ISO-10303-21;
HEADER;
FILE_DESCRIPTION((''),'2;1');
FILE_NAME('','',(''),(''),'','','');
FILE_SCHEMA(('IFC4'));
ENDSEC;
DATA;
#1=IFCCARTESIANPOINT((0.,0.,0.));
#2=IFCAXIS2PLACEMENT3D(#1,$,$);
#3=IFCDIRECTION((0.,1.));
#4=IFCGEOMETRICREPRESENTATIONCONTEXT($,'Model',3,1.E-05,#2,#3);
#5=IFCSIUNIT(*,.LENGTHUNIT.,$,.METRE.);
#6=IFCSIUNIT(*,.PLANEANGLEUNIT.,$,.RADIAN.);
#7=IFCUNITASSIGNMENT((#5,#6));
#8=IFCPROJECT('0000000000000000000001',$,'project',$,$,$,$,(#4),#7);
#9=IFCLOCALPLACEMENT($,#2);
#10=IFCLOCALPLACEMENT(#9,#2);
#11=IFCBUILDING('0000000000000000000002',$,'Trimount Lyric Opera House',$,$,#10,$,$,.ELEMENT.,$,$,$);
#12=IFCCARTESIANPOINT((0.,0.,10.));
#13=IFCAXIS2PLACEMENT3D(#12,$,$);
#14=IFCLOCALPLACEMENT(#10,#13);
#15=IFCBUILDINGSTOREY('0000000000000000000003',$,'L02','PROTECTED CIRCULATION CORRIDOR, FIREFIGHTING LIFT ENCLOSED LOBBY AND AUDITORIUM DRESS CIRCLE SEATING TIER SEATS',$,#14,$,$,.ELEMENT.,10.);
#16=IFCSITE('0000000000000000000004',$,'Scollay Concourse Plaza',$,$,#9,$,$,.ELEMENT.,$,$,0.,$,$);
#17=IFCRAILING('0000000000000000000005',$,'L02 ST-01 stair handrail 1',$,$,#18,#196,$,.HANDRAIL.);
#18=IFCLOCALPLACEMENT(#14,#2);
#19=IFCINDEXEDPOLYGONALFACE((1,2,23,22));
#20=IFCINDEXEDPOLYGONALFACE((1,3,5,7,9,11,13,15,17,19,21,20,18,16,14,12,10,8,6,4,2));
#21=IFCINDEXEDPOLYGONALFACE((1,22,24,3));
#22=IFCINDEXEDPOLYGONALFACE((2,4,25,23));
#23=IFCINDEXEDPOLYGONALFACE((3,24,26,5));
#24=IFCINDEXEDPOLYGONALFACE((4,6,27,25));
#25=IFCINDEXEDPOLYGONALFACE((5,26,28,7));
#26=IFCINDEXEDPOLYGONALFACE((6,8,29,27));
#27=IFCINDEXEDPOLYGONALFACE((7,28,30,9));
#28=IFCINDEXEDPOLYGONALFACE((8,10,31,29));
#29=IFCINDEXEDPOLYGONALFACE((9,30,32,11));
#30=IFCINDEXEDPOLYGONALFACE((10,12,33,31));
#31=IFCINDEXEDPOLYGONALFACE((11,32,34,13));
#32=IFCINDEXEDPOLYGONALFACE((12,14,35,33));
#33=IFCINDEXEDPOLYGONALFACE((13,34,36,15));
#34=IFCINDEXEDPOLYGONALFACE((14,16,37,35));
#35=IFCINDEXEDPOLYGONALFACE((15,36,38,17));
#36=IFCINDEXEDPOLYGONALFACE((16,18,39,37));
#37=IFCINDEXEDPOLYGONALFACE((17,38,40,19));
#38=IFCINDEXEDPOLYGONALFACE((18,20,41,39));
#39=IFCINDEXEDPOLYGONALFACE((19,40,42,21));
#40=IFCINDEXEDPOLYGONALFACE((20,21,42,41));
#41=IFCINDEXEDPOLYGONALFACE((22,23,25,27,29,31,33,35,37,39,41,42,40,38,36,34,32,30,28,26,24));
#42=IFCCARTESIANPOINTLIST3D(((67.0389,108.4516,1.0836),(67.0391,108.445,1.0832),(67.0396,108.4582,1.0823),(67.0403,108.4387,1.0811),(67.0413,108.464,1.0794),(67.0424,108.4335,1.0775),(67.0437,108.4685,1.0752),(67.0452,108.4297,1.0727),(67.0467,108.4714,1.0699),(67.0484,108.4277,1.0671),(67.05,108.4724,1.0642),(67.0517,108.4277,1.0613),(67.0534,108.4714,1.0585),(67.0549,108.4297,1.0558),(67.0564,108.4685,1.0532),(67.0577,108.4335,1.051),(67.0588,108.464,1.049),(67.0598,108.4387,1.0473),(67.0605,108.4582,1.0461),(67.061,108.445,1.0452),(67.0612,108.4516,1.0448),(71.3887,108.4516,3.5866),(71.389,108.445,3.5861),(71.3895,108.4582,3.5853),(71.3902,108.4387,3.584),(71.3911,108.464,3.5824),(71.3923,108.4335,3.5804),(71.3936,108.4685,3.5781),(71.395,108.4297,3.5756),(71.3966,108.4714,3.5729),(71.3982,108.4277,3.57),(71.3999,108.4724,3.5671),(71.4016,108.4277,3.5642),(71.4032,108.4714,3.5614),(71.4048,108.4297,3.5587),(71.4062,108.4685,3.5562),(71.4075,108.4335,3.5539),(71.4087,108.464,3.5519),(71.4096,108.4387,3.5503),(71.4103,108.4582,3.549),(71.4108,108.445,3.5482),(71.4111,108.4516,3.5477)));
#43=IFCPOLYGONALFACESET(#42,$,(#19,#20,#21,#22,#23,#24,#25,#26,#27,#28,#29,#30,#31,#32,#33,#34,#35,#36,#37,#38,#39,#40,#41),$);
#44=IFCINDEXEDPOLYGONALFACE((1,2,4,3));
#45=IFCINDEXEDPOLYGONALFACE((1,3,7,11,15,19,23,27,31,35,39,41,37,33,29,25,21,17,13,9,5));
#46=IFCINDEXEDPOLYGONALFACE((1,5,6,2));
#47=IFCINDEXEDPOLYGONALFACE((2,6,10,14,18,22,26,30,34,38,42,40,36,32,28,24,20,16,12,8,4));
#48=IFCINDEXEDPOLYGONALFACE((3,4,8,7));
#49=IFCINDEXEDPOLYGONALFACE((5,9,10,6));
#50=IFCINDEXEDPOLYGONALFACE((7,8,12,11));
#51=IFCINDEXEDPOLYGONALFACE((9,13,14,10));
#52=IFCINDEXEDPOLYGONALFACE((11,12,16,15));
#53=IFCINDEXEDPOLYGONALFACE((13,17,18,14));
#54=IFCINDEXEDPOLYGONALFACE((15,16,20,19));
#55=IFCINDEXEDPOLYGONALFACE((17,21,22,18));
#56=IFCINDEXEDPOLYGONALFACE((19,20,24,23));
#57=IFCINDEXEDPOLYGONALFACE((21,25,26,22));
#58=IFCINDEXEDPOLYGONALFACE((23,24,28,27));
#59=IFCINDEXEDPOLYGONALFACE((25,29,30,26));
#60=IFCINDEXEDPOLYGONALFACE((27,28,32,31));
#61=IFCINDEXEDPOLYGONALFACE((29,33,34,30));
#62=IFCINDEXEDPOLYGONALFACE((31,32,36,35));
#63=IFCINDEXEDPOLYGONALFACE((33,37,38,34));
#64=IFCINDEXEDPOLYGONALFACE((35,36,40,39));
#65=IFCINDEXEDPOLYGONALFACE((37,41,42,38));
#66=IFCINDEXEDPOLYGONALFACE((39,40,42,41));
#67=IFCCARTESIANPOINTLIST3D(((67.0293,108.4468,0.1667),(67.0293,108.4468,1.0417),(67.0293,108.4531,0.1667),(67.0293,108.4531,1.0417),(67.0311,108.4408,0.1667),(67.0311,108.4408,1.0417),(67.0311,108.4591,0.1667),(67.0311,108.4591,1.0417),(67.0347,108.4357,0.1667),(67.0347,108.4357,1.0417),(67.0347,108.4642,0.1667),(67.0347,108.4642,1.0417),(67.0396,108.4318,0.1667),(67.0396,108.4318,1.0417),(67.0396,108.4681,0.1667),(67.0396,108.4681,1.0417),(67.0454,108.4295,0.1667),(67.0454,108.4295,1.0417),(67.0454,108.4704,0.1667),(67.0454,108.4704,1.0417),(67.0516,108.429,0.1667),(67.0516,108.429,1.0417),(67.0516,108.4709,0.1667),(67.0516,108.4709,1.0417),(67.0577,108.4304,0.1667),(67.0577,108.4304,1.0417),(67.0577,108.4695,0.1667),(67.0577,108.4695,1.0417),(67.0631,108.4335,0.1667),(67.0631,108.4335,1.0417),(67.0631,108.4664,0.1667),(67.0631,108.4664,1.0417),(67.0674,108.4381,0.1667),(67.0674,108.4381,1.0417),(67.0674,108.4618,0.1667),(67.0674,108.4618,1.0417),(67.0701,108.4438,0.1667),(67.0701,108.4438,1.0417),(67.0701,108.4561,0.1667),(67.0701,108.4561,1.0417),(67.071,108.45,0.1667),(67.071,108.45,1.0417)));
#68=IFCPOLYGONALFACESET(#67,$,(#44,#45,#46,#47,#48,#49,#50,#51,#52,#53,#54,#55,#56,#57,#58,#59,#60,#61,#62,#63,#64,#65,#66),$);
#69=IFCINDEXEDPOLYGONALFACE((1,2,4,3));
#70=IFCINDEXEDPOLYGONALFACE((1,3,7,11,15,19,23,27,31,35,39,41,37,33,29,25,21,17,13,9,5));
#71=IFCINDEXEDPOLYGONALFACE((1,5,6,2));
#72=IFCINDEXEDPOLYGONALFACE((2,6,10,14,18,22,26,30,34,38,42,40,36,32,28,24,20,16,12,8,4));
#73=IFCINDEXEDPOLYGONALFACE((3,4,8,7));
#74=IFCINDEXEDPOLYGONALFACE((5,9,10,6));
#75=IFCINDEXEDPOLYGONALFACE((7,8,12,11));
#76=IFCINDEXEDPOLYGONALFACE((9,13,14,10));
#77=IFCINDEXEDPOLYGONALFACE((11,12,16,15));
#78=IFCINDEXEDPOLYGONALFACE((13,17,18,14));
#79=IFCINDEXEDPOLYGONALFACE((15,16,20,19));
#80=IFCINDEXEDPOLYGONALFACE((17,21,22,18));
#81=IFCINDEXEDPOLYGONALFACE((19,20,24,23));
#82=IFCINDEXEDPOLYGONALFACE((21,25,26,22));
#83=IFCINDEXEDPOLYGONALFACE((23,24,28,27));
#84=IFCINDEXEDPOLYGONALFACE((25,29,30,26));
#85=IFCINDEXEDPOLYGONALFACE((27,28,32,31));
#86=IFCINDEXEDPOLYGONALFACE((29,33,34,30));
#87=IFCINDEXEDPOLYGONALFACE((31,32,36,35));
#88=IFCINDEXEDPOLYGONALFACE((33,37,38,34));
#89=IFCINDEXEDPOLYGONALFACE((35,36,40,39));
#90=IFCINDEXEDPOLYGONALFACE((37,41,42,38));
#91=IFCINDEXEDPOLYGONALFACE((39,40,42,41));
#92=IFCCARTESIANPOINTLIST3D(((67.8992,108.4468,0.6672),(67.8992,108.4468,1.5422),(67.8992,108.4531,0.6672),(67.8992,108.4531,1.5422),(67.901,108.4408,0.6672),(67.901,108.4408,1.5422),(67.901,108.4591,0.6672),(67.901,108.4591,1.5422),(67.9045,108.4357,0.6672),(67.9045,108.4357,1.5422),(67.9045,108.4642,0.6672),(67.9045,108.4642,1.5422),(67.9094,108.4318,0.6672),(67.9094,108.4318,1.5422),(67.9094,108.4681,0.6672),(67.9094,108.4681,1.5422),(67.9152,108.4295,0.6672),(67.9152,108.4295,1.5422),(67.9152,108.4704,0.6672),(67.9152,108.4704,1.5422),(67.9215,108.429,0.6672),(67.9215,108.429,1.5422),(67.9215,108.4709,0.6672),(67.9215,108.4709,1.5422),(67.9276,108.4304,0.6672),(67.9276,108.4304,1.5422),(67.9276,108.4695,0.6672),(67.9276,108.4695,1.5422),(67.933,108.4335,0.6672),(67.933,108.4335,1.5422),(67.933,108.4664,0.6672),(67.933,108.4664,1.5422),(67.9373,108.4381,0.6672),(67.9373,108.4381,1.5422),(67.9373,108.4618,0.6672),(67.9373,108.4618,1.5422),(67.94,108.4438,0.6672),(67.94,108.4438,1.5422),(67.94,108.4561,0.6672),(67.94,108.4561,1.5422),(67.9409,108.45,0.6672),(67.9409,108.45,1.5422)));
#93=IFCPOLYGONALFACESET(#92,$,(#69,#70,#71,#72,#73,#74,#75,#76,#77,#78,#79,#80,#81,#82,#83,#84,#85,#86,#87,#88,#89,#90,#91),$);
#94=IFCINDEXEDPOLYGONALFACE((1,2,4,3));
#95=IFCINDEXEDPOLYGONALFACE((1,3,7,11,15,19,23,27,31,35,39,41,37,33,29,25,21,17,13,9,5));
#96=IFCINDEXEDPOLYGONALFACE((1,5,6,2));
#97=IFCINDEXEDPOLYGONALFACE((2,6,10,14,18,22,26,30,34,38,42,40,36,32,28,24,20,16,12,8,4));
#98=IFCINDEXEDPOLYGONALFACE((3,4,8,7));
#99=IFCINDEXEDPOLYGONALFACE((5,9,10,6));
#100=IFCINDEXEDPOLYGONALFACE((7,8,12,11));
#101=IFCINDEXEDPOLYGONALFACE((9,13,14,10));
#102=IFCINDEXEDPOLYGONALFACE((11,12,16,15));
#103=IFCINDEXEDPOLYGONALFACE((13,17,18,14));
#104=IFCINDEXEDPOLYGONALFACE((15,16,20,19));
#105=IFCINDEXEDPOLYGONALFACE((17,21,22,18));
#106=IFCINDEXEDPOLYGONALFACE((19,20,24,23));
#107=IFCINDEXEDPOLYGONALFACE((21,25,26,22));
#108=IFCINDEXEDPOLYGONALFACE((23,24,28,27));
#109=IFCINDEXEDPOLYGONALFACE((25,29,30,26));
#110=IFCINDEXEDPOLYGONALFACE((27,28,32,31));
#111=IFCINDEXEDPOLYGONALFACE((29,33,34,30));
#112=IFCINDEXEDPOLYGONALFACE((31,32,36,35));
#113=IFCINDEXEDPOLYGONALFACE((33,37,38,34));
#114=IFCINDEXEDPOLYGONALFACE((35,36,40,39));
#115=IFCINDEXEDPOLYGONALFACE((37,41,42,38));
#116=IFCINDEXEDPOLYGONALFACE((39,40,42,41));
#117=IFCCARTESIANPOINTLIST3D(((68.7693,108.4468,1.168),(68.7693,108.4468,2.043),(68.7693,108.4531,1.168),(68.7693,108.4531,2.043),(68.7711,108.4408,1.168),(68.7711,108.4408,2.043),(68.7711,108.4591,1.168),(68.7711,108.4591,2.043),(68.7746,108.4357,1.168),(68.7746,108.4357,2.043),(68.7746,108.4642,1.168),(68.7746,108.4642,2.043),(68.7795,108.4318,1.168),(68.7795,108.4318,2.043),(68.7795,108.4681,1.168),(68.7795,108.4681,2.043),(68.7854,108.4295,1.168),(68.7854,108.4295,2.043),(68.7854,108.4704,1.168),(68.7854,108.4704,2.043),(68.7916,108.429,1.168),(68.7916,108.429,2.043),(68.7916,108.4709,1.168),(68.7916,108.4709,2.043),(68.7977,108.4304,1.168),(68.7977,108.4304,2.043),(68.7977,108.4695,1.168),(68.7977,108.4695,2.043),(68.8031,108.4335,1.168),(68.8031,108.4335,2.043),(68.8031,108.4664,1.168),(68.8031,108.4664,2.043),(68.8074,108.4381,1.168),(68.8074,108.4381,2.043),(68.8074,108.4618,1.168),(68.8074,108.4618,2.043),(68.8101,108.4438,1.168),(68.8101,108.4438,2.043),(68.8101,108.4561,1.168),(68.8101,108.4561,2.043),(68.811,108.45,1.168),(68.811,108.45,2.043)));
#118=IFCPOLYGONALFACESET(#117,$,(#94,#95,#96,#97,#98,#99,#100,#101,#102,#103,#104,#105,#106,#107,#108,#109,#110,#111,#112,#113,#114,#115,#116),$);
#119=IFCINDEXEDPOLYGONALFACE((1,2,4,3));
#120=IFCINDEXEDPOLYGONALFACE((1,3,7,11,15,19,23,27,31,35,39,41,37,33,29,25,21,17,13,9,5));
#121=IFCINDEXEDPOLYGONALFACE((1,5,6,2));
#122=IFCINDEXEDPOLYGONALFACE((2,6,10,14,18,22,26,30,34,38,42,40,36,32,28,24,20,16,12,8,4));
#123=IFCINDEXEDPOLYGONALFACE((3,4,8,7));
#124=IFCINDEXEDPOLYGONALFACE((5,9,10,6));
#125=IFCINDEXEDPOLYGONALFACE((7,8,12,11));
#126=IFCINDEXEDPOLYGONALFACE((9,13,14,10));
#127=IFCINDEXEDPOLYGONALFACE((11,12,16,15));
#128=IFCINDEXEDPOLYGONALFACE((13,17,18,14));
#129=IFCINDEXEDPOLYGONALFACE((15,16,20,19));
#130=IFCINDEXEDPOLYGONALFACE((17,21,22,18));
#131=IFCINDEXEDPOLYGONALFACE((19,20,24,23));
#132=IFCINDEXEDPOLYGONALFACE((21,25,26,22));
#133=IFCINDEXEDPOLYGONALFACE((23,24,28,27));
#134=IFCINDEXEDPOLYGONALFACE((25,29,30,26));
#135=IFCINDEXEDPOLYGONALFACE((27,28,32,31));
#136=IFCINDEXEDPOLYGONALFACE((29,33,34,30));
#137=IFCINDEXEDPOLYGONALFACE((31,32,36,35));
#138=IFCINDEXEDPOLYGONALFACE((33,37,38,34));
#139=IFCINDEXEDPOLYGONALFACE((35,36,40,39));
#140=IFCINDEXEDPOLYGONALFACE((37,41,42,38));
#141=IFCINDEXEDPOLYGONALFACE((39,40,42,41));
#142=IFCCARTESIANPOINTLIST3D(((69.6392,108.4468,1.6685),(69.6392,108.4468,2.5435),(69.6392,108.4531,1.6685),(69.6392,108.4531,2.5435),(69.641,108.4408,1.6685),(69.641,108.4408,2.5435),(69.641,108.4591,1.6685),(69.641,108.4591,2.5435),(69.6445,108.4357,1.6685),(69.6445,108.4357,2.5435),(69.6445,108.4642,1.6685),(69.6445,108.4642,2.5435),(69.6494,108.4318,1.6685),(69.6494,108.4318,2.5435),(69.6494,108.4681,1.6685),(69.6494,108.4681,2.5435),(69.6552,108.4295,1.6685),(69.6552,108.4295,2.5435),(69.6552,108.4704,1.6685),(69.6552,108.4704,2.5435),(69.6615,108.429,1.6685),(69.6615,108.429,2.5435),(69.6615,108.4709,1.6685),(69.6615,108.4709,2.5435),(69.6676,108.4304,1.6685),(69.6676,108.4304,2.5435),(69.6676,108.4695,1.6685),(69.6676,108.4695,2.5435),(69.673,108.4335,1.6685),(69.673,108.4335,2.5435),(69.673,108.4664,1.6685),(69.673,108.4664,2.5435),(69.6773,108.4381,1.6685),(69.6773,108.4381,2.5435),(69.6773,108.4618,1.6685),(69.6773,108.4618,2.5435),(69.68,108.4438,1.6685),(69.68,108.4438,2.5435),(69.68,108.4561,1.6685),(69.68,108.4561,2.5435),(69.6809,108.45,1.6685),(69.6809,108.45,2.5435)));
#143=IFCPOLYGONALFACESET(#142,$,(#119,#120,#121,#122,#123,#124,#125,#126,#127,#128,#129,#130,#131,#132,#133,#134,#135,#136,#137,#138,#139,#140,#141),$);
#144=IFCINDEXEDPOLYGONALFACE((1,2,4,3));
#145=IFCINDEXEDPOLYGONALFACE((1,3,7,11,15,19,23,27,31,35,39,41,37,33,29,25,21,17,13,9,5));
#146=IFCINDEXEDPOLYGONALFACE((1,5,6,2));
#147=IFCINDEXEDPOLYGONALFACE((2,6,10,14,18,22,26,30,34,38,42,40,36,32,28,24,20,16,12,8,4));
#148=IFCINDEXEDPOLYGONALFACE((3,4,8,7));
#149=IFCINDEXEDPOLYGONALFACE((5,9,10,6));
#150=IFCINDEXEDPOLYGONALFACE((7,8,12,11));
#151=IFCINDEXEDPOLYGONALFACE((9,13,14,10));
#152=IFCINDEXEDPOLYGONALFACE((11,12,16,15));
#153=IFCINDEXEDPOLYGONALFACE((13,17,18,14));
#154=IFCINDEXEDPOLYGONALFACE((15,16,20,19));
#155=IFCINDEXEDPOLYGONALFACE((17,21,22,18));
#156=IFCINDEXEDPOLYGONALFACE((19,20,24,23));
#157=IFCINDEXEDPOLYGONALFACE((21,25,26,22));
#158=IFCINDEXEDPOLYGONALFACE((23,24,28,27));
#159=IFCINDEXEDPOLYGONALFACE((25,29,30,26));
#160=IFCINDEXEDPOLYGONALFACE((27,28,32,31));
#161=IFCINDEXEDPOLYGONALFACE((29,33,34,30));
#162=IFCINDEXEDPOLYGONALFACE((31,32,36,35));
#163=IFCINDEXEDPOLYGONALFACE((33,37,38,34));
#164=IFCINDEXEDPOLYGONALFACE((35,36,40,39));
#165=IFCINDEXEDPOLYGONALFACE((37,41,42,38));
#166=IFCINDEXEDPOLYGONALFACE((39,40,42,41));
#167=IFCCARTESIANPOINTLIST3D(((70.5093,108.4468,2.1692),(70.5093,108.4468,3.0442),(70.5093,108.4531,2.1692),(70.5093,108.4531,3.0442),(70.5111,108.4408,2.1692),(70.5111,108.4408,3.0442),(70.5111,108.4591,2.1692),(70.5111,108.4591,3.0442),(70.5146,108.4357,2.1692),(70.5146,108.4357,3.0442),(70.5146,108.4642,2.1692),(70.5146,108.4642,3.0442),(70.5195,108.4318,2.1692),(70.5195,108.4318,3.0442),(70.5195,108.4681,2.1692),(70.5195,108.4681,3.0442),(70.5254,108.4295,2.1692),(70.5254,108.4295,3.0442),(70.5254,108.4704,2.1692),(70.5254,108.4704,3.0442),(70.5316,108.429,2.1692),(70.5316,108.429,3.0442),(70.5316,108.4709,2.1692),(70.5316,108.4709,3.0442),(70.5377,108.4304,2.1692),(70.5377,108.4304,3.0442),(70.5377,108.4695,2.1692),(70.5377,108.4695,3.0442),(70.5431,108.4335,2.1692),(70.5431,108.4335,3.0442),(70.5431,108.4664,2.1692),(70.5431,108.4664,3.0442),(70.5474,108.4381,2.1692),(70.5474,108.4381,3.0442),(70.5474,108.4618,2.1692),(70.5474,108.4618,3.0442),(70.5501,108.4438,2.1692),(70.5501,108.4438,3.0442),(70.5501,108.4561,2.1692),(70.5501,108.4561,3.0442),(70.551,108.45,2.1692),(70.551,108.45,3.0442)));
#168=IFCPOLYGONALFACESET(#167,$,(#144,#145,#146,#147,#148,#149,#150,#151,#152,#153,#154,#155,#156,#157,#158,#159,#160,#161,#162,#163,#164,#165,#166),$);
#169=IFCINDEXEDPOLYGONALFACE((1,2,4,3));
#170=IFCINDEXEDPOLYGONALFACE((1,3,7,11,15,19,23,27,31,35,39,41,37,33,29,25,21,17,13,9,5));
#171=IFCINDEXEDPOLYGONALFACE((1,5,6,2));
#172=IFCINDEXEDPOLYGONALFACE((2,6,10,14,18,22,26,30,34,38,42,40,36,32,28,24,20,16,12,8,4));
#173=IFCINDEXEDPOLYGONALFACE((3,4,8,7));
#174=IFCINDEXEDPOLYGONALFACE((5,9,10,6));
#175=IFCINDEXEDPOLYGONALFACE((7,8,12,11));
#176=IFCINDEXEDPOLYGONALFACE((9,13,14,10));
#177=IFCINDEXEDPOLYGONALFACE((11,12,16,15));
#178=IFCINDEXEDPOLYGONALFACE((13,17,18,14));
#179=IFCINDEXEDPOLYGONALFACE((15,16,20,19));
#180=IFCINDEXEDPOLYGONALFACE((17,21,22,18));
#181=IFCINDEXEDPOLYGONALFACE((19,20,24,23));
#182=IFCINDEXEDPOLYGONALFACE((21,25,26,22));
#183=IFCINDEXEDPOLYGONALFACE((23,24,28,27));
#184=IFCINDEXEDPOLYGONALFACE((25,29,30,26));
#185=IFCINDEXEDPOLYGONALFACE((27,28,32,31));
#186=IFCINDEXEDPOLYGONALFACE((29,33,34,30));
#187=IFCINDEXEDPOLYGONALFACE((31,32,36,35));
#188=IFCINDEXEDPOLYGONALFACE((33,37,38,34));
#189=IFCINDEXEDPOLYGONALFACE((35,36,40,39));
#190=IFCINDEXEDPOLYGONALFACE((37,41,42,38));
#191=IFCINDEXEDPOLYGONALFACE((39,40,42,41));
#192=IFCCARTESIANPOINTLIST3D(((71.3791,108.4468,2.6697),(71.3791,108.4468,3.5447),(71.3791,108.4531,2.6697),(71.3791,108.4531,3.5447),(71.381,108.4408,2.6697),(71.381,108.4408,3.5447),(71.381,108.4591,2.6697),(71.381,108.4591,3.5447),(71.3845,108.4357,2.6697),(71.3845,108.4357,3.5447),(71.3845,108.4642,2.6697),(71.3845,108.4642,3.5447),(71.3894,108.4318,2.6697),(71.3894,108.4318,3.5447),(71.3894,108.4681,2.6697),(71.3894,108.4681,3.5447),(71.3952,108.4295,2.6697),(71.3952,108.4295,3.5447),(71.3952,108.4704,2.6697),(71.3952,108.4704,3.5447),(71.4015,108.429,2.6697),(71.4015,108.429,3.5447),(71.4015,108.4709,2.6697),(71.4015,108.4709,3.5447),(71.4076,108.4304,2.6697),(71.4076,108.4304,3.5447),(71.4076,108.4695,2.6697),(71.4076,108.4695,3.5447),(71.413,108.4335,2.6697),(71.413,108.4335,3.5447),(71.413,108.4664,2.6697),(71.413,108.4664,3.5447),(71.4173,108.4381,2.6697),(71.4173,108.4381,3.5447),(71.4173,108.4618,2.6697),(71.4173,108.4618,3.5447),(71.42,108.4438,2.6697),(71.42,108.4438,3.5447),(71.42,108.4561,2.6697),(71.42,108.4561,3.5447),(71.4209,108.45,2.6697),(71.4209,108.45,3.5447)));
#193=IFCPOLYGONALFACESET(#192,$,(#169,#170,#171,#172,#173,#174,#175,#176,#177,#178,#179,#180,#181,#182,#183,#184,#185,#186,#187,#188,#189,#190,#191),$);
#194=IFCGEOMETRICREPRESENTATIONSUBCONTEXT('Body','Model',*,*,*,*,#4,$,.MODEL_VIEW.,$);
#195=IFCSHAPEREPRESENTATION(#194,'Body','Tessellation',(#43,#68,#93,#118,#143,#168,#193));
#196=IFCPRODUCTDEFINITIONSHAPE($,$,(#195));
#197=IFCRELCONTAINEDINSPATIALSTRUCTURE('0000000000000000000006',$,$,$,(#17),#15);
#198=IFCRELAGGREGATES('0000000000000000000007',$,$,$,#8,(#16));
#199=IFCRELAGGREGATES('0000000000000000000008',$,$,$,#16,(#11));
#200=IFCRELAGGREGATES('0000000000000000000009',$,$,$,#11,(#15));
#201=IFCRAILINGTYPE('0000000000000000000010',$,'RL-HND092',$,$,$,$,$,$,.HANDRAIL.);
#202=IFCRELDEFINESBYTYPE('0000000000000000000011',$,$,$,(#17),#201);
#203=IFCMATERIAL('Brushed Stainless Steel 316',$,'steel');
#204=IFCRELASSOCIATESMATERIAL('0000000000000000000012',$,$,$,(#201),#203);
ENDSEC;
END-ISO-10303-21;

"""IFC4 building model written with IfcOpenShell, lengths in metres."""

from ifc_helpers import new_model, si_unit, direction, frame, origin, origin_2d, place, context, subcontext, project, spatial, circle, extrude, material, type_object, element, save


model = new_model("IFC4")

# Units and contexts
model_context = context("Model", 3, precision=1e-05, world=origin(), true_north=direction((0.0, 1.0)))
body_context = subcontext(model_context, "Body", "Model", "MODEL_VIEW")
ifc_project = project(units=[si_unit("LENGTHUNIT", "METRE"), si_unit("PLANEANGLEUNIT", "RADIAN")], contexts=[model_context])

# Site, building, storey
site_placement = place(None, origin())
site = spatial("IfcSite", under=ifc_project, at=site_placement, Name="Scollay Concourse Plaza", CompositionType="ELEMENT", RefElevation=0.0)
building_placement = place(site_placement, origin())
building = spatial("IfcBuilding", under=site, at=building_placement, Name="Trimount Lyric Opera House", CompositionType="ELEMENT")
storey_placement = place(building_placement, frame((0.0, 0.0, 10.0)))
storey = spatial("IfcBuildingStorey", under=building, at=storey_placement, Name="L02", Description="PROTECTED CIRCULATION CORRIDOR, FIREFIGHTING LIFT ENCLOSED LOBBY AND AUDITORIUM DRESS CIRCLE SEATING TIER SEATS", CompositionType="ELEMENT", Elevation=10.0)

# Railing
ifc_material_1 = material(Name="Brushed Stainless Steel 316", Category="steel")
railing_type_1 = type_object("IfcRailingType", Name="RL-HND092", PredefinedType="HANDRAIL", material=ifc_material_1)
railing_1_placement = place(storey_placement, frame((67.05, 108.45, 0.1667)))
element("IfcRailing", 1, at=railing_1_placement, inside=storey, type_object=railing_type_1, Name="L02 ST-01 stair handrail 1", PredefinedType="HANDRAIL", context=body_context, shape_type="SweptSolid", body=[
    extrude(circle(Radius=0.0225, at=origin_2d()), frame((0.0, 0.0, 0.8975), z_axis=(0.866754, 0.0, 0.498735), x_axis=(0.0, 1.0, 0.0)), (0.0, 0.0, 1.0), 5.0186),
    extrude(circle(Radius=0.021, at=origin_2d()), origin(), (0.0, 0.0, 1.0), 0.875),
    extrude(circle(Radius=0.021, at=origin_2d()), frame((0.8699, 0.0, 0.5005)), (0.0, 0.0, 1.0), 0.875),
    extrude(circle(Radius=0.021, at=origin_2d()), frame((1.74, 0.0, 1.0012)), (0.0, 0.0, 1.0), 0.875),
    extrude(circle(Radius=0.021, at=origin_2d()), frame((2.6099, 0.0, 1.5017)), (0.0, 0.0, 1.0), 0.875),
    extrude(circle(Radius=0.021, at=origin_2d()), frame((3.48, 0.0, 2.0024)), (0.0, 0.0, 1.0), 0.875),
    extrude(circle(Radius=0.021, at=origin_2d()), frame((4.3499, 0.0, 2.5029)), (0.0, 0.0, 1.0), 0.875),
])

save(model, "model.ifc")
